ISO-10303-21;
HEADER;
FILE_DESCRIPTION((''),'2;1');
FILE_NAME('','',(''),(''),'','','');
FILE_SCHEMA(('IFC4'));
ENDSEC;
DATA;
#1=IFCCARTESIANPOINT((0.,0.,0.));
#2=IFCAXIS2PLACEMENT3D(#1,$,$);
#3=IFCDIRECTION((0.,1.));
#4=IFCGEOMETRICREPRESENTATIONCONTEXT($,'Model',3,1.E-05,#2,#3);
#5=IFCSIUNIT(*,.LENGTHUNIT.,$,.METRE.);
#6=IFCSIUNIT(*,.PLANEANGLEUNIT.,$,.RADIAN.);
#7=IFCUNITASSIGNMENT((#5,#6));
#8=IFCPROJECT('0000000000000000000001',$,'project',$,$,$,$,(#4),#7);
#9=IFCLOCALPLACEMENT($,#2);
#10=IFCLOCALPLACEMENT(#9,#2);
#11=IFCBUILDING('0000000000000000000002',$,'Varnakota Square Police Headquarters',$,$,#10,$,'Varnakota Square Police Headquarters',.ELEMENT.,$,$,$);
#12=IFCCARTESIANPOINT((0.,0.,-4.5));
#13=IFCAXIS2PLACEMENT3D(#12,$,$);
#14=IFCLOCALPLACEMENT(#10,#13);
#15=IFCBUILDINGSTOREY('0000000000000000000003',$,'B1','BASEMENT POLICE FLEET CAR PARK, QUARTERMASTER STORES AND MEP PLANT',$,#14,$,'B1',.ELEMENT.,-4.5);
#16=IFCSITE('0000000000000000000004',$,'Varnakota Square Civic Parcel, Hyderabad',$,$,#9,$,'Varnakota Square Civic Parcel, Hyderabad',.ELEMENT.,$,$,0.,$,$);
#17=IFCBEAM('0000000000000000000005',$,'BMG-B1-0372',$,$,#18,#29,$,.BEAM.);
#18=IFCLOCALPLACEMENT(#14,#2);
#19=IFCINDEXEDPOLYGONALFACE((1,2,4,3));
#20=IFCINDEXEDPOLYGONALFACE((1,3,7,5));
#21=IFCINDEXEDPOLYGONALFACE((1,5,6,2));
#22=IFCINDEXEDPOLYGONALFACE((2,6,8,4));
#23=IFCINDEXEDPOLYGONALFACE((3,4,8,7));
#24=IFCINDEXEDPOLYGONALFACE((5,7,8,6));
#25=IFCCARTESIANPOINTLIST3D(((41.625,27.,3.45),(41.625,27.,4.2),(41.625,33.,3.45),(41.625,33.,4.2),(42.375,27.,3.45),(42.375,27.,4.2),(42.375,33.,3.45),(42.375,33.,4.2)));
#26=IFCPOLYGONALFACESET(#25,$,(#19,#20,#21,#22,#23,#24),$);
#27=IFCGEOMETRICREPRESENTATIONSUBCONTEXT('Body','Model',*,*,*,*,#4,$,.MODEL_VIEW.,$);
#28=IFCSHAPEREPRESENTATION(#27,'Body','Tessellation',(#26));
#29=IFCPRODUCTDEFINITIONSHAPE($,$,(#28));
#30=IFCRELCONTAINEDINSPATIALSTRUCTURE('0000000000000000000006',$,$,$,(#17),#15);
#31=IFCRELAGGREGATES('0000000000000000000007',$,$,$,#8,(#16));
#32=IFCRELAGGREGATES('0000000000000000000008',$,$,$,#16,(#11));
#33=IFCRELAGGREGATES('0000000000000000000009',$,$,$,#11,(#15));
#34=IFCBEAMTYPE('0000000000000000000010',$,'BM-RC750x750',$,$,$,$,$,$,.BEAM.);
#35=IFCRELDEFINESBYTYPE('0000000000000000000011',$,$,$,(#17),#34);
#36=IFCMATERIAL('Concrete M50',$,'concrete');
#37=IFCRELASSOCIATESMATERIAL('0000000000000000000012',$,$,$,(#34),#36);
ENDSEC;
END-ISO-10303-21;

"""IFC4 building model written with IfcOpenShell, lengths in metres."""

from ifc_helpers import new_model, si_unit, direction, frame, origin, origin_2d, place, context, subcontext, project, spatial, rectangle, extrude, material, material_profile, profile_set, type_object, element, save


model = new_model("IFC4")

# Units and contexts
model_context = context("Model", 3, precision=1e-05, world=origin(), true_north=direction((0.0, 1.0)))
body_context = subcontext(model_context, "Body", "Model", "MODEL_VIEW")
ifc_project = project(units=[si_unit("LENGTHUNIT", "METRE"), si_unit("PLANEANGLEUNIT", "RADIAN")], contexts=[model_context])

# Site, building, storey
site_placement = place(None, origin())
site = spatial("IfcSite", under=ifc_project, at=site_placement, Name="Varnakota Square Civic Parcel, Hyderabad", LongName="Varnakota Square Civic Parcel, Hyderabad", CompositionType="ELEMENT", RefElevation=0.0)
building_placement = place(site_placement, origin())
building = spatial("IfcBuilding", under=site, at=building_placement, Name="Varnakota Square Police Headquarters", LongName="Varnakota Square Police Headquarters", CompositionType="ELEMENT")
storey_placement = place(building_placement, frame((0.0, 0.0, -4.5)))
storey = spatial("IfcBuildingStorey", under=building, at=storey_placement, Name="B1", Description="BASEMENT POLICE FLEET CAR PARK, QUARTERMASTER STORES AND MEP PLANT", LongName="B1", CompositionType="ELEMENT", Elevation=-4.5)

# Shared definitions
ifc_material_1 = material(Name="Concrete M50", Category="concrete")

# Beam
ifc_material_profile_1 = material_profile(ifc_material_1, rectangle(XDim=0.75, YDim=0.75, at=origin_2d()), Name="RC 750x750")
ifc_profile_set_1 = profile_set([ifc_material_profile_1], Name="Concrete M50")
beam_type_1 = type_object("IfcBeamType", Name="BM-RC750x750", PredefinedType="BEAM", material=ifc_profile_set_1)
for number, where, z_axis, x_axis, name in (
    (1, (42.0, 27.0, 3.825), (0.0, 1.0, 0.0), (-1.0, 0.0, 0.0), "BMG-B1-0372"),
):
    element("IfcBeam", number, at=place(storey_placement, frame(where, z_axis=z_axis, x_axis=x_axis)), inside=storey, type_object=beam_type_1, Name=name, PredefinedType="BEAM", context=body_context, shape_type="SweptSolid", body=[
        extrude(rectangle(XDim=0.75, YDim=0.75, at=origin_2d()), origin(), (0.0, 0.0, 1.0), 6.0),
    ])

save(model, "model.ifc")
